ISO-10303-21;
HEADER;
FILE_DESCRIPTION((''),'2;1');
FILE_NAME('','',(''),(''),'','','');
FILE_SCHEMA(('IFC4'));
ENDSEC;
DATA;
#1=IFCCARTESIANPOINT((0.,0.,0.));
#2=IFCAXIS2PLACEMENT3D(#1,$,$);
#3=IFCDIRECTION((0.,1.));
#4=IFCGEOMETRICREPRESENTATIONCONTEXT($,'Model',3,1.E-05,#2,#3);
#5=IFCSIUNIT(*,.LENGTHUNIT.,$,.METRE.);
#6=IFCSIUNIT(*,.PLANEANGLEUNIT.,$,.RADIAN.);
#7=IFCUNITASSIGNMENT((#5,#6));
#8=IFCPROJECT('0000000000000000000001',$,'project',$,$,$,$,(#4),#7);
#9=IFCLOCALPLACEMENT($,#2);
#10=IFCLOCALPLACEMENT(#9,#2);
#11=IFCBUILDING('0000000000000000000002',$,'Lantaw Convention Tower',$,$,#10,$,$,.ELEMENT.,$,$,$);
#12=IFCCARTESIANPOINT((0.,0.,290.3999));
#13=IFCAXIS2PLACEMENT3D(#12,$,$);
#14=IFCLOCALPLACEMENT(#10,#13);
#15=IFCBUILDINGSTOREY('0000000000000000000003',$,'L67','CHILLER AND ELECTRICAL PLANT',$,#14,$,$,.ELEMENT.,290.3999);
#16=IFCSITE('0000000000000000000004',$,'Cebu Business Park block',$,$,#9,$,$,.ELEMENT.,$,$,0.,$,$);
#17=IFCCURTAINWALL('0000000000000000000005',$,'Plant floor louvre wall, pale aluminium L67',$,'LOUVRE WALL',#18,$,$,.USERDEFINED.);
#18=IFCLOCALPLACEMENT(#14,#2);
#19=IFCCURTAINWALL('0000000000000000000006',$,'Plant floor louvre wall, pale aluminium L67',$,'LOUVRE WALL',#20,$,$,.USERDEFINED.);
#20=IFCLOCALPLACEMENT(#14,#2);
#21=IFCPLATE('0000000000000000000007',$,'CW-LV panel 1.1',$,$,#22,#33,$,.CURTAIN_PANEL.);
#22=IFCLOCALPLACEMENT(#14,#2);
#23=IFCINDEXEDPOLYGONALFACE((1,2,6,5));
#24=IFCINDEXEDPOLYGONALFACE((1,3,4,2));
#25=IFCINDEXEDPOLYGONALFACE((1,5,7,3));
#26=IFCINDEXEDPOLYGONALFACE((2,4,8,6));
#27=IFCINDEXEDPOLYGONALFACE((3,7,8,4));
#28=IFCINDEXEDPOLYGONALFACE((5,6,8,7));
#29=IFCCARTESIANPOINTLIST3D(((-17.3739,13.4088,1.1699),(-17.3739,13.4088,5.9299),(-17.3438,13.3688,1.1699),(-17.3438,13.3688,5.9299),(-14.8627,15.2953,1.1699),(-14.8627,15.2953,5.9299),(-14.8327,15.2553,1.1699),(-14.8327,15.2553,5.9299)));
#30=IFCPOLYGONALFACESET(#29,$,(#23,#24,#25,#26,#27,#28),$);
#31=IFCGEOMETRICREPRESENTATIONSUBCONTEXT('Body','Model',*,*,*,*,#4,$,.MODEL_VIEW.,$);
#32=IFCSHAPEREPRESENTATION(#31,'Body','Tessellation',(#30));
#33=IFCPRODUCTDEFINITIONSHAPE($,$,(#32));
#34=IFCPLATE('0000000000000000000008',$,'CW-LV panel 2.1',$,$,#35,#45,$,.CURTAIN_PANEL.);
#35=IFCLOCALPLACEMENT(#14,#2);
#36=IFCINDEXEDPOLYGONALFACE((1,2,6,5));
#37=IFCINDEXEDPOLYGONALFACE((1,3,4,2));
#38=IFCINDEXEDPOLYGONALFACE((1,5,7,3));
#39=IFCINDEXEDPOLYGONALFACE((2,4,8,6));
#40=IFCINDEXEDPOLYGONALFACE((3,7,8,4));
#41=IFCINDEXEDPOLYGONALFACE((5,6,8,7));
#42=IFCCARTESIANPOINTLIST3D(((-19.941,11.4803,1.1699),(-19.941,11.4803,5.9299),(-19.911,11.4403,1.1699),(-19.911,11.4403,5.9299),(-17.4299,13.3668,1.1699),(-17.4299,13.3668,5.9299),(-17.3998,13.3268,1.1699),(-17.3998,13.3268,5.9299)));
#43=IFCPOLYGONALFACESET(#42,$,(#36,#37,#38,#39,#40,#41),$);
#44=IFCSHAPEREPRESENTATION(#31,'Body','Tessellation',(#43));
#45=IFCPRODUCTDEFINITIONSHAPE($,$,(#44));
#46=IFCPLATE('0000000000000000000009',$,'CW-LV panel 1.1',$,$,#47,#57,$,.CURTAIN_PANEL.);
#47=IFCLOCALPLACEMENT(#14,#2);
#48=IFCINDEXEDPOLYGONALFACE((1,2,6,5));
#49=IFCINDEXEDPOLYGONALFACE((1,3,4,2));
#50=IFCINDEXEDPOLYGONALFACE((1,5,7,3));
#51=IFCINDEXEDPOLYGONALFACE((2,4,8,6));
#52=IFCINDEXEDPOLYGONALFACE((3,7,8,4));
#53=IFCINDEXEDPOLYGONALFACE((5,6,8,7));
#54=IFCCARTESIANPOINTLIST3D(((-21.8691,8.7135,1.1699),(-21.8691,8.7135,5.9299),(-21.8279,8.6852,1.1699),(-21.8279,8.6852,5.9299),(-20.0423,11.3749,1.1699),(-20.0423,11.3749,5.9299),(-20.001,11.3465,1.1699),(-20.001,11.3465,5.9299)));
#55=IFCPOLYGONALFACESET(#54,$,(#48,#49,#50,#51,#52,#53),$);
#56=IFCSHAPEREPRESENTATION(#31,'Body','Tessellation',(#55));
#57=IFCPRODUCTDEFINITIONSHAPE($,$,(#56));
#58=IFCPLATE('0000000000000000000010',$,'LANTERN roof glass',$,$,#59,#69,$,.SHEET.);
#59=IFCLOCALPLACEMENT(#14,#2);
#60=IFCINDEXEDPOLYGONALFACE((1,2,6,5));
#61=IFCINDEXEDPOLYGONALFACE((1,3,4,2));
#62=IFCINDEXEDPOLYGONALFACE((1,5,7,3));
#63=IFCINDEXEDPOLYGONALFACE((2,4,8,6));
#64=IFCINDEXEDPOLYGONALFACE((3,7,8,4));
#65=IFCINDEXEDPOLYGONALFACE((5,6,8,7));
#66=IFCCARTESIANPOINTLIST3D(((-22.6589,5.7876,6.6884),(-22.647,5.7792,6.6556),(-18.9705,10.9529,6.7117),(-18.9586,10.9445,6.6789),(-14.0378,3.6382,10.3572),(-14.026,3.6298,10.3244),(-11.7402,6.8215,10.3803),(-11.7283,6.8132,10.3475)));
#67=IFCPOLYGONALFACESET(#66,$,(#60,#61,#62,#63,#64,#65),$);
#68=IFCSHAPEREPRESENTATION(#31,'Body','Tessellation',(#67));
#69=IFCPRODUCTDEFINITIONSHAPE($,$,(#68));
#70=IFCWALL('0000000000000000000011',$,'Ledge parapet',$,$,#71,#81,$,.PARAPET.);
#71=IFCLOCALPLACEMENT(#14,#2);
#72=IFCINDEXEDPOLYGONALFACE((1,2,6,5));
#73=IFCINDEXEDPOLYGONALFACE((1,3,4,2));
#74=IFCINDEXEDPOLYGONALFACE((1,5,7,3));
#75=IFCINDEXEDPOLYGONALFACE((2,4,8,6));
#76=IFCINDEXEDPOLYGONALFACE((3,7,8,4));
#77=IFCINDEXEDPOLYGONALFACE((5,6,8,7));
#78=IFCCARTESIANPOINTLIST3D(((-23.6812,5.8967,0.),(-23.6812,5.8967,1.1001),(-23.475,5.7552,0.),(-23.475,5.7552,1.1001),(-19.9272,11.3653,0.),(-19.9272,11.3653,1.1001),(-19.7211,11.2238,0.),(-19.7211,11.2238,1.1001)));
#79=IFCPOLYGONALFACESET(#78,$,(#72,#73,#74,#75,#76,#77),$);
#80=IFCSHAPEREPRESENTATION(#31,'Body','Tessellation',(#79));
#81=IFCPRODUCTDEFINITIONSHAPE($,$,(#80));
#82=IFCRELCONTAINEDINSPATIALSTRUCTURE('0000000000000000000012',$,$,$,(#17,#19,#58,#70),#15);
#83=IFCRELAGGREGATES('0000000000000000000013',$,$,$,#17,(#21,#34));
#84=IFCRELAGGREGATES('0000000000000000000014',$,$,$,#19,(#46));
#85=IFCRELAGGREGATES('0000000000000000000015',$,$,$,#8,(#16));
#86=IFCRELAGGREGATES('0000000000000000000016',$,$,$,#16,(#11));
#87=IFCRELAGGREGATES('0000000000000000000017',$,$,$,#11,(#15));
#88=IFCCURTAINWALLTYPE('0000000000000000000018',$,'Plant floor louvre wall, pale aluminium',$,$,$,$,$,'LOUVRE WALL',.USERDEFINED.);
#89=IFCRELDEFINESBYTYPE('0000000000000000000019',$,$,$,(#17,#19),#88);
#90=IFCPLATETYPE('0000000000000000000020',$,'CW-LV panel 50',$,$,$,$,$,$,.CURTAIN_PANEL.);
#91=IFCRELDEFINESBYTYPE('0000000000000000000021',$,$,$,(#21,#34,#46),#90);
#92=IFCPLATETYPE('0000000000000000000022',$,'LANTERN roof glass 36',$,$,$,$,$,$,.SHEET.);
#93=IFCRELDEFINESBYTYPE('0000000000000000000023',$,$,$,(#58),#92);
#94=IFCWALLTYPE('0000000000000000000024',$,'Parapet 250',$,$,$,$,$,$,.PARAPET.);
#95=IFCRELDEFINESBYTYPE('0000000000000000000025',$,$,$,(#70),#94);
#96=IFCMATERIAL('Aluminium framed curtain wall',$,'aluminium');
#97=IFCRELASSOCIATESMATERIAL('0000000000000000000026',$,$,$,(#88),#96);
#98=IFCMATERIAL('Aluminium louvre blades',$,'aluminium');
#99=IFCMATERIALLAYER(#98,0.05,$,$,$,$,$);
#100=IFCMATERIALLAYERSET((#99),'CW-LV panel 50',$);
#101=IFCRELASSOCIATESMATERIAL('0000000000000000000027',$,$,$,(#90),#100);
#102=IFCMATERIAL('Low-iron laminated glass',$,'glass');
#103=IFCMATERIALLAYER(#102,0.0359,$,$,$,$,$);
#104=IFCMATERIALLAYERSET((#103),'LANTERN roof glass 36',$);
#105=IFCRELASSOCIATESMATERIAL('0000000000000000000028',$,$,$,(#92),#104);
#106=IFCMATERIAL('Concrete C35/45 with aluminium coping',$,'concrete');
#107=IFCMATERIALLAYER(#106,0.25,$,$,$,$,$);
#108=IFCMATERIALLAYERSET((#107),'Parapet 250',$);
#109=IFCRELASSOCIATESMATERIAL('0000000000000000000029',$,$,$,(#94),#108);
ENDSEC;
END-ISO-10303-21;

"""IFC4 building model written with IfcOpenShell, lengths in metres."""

from ifc_helpers import new_model, si_unit, direction, frame, frame_2d, origin, origin_2d, place, context, subcontext, project, spatial, polyline, rectangle, outline, extrude, material, layer, layer_set, type_object, element, aggregate, save


model = new_model("IFC4")

# Units and contexts
model_context = context("Model", 3, precision=1e-05, world=origin(), true_north=direction((0.0, 1.0)))
body_context = subcontext(model_context, "Body", "Model", "MODEL_VIEW")
ifc_project = project(units=[si_unit("LENGTHUNIT", "METRE"), si_unit("PLANEANGLEUNIT", "RADIAN")], contexts=[model_context])

# Site, building, storey
site_placement = place(None, origin())
site = spatial("IfcSite", under=ifc_project, at=site_placement, Name="Cebu Business Park block", CompositionType="ELEMENT", RefElevation=0.0)
building_placement = place(site_placement, origin())
building = spatial("IfcBuilding", under=site, at=building_placement, Name="Lantaw Convention Tower", CompositionType="ELEMENT")
storey_placement = place(building_placement, frame((0.0, 0.0, 290.3999)))
storey = spatial("IfcBuildingStorey", under=building, at=storey_placement, Name="L67", Description="CHILLER AND ELECTRICAL PLANT", CompositionType="ELEMENT", Elevation=290.3999)

# Shared definitions
ifc_material_1 = material(Name="Aluminium framed curtain wall", Category="aluminium")

# Curtain walls
curtain_wall_type_1 = type_object("IfcCurtainWallType", Name="Plant floor louvre wall, pale aluminium", ElementType="LOUVRE WALL", PredefinedType="USERDEFINED", material=ifc_material_1)
curtain_wall_1_placement = place(storey_placement, origin())
curtain_wall_1 = element("IfcCurtainWall", 1, at=curtain_wall_1_placement, inside=storey, type_object=curtain_wall_type_1, Name="Plant floor louvre wall, pale aluminium L67", ObjectType="LOUVRE WALL", PredefinedType="USERDEFINED")
curtain_wall_2_placement = place(storey_placement, origin())
curtain_wall_2 = element("IfcCurtainWall", 2, at=curtain_wall_2_placement, inside=storey, type_object=curtain_wall_type_1, Name="Plant floor louvre wall, pale aluminium L67", ObjectType="LOUVRE WALL", PredefinedType="USERDEFINED")

# Plates
ifc_material_2 = material(Name="Low-iron laminated glass", Category="glass")
ifc_material_3 = material(Name="Aluminium louvre blades", Category="aluminium")
ifc_layer_1 = layer(ifc_material_3, 0.05)
ifc_layer_set_1 = layer_set([ifc_layer_1], Name="CW-LV panel 50")
plate_type_1 = type_object("IfcPlateType", Name="CW-LV panel 50", PredefinedType="CURTAIN_PANEL", material=ifc_layer_set_1)
plate_1_placement = place(storey_placement, frame((-16.1033, 14.332, 1.1699), z_axis=(0.0, 0.0, 1.0), x_axis=(-0.799518, -0.600643, 0.0)))
plate_1 = element("IfcPlate", 3, at=plate_1_placement, type_object=plate_type_1, Name="CW-LV panel 1.1", PredefinedType="CURTAIN_PANEL", context=body_context, shape_type="SweptSolid", body=[
    extrude(rectangle(XDim=3.1409, YDim=0.05, at=origin_2d()), origin(), (0.0, 0.0, 1.0), 4.76),
])
plate_2_placement = place(storey_placement, frame((-18.6704, 12.4036, 1.1699), z_axis=(0.0, 0.0, 1.0), x_axis=(-0.799518, -0.600643, 0.0)))
plate_2 = element("IfcPlate", 4, at=plate_2_placement, type_object=plate_type_1, Name="CW-LV panel 2.1", PredefinedType="CURTAIN_PANEL", context=body_context, shape_type="SweptSolid", body=[
    extrude(rectangle(XDim=3.1409, YDim=0.05, at=origin_2d()), origin(), (0.0, 0.0, 1.0), 4.76),
])
aggregate(curtain_wall_1, [plate_1, plate_2])
plate_3_placement = place(storey_placement, frame((-20.9351, 10.03, 1.1699), z_axis=(0.0, 0.0, 1.0), x_axis=(-0.565935, -0.82445, 0.0)))
plate_3 = element("IfcPlate", 5, at=plate_3_placement, type_object=plate_type_1, Name="CW-LV panel 1.1", PredefinedType="CURTAIN_PANEL", context=body_context, shape_type="SweptSolid", body=[
    extrude(rectangle(XDim=3.228, YDim=0.05, at=origin_2d()), origin(), (0.0, 0.0, 1.0), 4.76),
])
aggregate(curtain_wall_2, [plate_3])
ifc_layer_2 = layer(ifc_material_2, 0.0359)
ifc_layer_set_2 = layer_set([ifc_layer_2], Name="LANTERN roof glass 36")
plate_type_2 = type_object("IfcPlateType", Name="LANTERN roof glass 36", PredefinedType="SHEET", material=ifc_layer_set_2)
plate_4_placement = place(storey_placement, frame((-18.9705, 10.9529, 6.7117), z_axis=(-0.331218, 0.232407, 0.914484), x_axis=(-0.581127, -0.813805, -0.003659)))
element("IfcPlate", 6, at=plate_4_placement, inside=storey, type_object=plate_type_2, Name="LANTERN roof glass", PredefinedType="SHEET", context=body_context, shape_type="SweptSolid", body=[
    extrude(outline(polyline([(0.0, 0.0), (6.3471, 0.0), (3.0729, 9.0378), (-0.853, 9.0596), (0.0, 0.0)])), origin(), (0.0, 0.0, -1.0), 0.0359),
])

# Wall
ifc_material_4 = material(Name="Concrete C35/45 with aluminium coping", Category="concrete")
ifc_layer_3 = layer(ifc_material_4, 0.25)
ifc_layer_set_3 = layer_set([ifc_layer_3], Name="Parapet 250")
wall_type = type_object("IfcWallType", Name="Parapet 250", PredefinedType="PARAPET", material=ifc_layer_set_3)
wall_placement = place(storey_placement, frame((-19.8242, 11.2944, 0.0), z_axis=(0.0, 0.0, 1.0), x_axis=(-0.565946, -0.824442, 0.0)))
element("IfcWall", 7, at=wall_placement, inside=storey, type_object=wall_type, Name="Ledge parapet", PredefinedType="PARAPET", context=body_context, shape_type="SweptSolid", body=[
    extrude(rectangle(XDim=6.6331, YDim=0.25, at=frame_2d((3.3164, 0.0))), origin(), (0.0, 0.0, 1.0), 1.1001),
])

save(model, "model.ifc")
